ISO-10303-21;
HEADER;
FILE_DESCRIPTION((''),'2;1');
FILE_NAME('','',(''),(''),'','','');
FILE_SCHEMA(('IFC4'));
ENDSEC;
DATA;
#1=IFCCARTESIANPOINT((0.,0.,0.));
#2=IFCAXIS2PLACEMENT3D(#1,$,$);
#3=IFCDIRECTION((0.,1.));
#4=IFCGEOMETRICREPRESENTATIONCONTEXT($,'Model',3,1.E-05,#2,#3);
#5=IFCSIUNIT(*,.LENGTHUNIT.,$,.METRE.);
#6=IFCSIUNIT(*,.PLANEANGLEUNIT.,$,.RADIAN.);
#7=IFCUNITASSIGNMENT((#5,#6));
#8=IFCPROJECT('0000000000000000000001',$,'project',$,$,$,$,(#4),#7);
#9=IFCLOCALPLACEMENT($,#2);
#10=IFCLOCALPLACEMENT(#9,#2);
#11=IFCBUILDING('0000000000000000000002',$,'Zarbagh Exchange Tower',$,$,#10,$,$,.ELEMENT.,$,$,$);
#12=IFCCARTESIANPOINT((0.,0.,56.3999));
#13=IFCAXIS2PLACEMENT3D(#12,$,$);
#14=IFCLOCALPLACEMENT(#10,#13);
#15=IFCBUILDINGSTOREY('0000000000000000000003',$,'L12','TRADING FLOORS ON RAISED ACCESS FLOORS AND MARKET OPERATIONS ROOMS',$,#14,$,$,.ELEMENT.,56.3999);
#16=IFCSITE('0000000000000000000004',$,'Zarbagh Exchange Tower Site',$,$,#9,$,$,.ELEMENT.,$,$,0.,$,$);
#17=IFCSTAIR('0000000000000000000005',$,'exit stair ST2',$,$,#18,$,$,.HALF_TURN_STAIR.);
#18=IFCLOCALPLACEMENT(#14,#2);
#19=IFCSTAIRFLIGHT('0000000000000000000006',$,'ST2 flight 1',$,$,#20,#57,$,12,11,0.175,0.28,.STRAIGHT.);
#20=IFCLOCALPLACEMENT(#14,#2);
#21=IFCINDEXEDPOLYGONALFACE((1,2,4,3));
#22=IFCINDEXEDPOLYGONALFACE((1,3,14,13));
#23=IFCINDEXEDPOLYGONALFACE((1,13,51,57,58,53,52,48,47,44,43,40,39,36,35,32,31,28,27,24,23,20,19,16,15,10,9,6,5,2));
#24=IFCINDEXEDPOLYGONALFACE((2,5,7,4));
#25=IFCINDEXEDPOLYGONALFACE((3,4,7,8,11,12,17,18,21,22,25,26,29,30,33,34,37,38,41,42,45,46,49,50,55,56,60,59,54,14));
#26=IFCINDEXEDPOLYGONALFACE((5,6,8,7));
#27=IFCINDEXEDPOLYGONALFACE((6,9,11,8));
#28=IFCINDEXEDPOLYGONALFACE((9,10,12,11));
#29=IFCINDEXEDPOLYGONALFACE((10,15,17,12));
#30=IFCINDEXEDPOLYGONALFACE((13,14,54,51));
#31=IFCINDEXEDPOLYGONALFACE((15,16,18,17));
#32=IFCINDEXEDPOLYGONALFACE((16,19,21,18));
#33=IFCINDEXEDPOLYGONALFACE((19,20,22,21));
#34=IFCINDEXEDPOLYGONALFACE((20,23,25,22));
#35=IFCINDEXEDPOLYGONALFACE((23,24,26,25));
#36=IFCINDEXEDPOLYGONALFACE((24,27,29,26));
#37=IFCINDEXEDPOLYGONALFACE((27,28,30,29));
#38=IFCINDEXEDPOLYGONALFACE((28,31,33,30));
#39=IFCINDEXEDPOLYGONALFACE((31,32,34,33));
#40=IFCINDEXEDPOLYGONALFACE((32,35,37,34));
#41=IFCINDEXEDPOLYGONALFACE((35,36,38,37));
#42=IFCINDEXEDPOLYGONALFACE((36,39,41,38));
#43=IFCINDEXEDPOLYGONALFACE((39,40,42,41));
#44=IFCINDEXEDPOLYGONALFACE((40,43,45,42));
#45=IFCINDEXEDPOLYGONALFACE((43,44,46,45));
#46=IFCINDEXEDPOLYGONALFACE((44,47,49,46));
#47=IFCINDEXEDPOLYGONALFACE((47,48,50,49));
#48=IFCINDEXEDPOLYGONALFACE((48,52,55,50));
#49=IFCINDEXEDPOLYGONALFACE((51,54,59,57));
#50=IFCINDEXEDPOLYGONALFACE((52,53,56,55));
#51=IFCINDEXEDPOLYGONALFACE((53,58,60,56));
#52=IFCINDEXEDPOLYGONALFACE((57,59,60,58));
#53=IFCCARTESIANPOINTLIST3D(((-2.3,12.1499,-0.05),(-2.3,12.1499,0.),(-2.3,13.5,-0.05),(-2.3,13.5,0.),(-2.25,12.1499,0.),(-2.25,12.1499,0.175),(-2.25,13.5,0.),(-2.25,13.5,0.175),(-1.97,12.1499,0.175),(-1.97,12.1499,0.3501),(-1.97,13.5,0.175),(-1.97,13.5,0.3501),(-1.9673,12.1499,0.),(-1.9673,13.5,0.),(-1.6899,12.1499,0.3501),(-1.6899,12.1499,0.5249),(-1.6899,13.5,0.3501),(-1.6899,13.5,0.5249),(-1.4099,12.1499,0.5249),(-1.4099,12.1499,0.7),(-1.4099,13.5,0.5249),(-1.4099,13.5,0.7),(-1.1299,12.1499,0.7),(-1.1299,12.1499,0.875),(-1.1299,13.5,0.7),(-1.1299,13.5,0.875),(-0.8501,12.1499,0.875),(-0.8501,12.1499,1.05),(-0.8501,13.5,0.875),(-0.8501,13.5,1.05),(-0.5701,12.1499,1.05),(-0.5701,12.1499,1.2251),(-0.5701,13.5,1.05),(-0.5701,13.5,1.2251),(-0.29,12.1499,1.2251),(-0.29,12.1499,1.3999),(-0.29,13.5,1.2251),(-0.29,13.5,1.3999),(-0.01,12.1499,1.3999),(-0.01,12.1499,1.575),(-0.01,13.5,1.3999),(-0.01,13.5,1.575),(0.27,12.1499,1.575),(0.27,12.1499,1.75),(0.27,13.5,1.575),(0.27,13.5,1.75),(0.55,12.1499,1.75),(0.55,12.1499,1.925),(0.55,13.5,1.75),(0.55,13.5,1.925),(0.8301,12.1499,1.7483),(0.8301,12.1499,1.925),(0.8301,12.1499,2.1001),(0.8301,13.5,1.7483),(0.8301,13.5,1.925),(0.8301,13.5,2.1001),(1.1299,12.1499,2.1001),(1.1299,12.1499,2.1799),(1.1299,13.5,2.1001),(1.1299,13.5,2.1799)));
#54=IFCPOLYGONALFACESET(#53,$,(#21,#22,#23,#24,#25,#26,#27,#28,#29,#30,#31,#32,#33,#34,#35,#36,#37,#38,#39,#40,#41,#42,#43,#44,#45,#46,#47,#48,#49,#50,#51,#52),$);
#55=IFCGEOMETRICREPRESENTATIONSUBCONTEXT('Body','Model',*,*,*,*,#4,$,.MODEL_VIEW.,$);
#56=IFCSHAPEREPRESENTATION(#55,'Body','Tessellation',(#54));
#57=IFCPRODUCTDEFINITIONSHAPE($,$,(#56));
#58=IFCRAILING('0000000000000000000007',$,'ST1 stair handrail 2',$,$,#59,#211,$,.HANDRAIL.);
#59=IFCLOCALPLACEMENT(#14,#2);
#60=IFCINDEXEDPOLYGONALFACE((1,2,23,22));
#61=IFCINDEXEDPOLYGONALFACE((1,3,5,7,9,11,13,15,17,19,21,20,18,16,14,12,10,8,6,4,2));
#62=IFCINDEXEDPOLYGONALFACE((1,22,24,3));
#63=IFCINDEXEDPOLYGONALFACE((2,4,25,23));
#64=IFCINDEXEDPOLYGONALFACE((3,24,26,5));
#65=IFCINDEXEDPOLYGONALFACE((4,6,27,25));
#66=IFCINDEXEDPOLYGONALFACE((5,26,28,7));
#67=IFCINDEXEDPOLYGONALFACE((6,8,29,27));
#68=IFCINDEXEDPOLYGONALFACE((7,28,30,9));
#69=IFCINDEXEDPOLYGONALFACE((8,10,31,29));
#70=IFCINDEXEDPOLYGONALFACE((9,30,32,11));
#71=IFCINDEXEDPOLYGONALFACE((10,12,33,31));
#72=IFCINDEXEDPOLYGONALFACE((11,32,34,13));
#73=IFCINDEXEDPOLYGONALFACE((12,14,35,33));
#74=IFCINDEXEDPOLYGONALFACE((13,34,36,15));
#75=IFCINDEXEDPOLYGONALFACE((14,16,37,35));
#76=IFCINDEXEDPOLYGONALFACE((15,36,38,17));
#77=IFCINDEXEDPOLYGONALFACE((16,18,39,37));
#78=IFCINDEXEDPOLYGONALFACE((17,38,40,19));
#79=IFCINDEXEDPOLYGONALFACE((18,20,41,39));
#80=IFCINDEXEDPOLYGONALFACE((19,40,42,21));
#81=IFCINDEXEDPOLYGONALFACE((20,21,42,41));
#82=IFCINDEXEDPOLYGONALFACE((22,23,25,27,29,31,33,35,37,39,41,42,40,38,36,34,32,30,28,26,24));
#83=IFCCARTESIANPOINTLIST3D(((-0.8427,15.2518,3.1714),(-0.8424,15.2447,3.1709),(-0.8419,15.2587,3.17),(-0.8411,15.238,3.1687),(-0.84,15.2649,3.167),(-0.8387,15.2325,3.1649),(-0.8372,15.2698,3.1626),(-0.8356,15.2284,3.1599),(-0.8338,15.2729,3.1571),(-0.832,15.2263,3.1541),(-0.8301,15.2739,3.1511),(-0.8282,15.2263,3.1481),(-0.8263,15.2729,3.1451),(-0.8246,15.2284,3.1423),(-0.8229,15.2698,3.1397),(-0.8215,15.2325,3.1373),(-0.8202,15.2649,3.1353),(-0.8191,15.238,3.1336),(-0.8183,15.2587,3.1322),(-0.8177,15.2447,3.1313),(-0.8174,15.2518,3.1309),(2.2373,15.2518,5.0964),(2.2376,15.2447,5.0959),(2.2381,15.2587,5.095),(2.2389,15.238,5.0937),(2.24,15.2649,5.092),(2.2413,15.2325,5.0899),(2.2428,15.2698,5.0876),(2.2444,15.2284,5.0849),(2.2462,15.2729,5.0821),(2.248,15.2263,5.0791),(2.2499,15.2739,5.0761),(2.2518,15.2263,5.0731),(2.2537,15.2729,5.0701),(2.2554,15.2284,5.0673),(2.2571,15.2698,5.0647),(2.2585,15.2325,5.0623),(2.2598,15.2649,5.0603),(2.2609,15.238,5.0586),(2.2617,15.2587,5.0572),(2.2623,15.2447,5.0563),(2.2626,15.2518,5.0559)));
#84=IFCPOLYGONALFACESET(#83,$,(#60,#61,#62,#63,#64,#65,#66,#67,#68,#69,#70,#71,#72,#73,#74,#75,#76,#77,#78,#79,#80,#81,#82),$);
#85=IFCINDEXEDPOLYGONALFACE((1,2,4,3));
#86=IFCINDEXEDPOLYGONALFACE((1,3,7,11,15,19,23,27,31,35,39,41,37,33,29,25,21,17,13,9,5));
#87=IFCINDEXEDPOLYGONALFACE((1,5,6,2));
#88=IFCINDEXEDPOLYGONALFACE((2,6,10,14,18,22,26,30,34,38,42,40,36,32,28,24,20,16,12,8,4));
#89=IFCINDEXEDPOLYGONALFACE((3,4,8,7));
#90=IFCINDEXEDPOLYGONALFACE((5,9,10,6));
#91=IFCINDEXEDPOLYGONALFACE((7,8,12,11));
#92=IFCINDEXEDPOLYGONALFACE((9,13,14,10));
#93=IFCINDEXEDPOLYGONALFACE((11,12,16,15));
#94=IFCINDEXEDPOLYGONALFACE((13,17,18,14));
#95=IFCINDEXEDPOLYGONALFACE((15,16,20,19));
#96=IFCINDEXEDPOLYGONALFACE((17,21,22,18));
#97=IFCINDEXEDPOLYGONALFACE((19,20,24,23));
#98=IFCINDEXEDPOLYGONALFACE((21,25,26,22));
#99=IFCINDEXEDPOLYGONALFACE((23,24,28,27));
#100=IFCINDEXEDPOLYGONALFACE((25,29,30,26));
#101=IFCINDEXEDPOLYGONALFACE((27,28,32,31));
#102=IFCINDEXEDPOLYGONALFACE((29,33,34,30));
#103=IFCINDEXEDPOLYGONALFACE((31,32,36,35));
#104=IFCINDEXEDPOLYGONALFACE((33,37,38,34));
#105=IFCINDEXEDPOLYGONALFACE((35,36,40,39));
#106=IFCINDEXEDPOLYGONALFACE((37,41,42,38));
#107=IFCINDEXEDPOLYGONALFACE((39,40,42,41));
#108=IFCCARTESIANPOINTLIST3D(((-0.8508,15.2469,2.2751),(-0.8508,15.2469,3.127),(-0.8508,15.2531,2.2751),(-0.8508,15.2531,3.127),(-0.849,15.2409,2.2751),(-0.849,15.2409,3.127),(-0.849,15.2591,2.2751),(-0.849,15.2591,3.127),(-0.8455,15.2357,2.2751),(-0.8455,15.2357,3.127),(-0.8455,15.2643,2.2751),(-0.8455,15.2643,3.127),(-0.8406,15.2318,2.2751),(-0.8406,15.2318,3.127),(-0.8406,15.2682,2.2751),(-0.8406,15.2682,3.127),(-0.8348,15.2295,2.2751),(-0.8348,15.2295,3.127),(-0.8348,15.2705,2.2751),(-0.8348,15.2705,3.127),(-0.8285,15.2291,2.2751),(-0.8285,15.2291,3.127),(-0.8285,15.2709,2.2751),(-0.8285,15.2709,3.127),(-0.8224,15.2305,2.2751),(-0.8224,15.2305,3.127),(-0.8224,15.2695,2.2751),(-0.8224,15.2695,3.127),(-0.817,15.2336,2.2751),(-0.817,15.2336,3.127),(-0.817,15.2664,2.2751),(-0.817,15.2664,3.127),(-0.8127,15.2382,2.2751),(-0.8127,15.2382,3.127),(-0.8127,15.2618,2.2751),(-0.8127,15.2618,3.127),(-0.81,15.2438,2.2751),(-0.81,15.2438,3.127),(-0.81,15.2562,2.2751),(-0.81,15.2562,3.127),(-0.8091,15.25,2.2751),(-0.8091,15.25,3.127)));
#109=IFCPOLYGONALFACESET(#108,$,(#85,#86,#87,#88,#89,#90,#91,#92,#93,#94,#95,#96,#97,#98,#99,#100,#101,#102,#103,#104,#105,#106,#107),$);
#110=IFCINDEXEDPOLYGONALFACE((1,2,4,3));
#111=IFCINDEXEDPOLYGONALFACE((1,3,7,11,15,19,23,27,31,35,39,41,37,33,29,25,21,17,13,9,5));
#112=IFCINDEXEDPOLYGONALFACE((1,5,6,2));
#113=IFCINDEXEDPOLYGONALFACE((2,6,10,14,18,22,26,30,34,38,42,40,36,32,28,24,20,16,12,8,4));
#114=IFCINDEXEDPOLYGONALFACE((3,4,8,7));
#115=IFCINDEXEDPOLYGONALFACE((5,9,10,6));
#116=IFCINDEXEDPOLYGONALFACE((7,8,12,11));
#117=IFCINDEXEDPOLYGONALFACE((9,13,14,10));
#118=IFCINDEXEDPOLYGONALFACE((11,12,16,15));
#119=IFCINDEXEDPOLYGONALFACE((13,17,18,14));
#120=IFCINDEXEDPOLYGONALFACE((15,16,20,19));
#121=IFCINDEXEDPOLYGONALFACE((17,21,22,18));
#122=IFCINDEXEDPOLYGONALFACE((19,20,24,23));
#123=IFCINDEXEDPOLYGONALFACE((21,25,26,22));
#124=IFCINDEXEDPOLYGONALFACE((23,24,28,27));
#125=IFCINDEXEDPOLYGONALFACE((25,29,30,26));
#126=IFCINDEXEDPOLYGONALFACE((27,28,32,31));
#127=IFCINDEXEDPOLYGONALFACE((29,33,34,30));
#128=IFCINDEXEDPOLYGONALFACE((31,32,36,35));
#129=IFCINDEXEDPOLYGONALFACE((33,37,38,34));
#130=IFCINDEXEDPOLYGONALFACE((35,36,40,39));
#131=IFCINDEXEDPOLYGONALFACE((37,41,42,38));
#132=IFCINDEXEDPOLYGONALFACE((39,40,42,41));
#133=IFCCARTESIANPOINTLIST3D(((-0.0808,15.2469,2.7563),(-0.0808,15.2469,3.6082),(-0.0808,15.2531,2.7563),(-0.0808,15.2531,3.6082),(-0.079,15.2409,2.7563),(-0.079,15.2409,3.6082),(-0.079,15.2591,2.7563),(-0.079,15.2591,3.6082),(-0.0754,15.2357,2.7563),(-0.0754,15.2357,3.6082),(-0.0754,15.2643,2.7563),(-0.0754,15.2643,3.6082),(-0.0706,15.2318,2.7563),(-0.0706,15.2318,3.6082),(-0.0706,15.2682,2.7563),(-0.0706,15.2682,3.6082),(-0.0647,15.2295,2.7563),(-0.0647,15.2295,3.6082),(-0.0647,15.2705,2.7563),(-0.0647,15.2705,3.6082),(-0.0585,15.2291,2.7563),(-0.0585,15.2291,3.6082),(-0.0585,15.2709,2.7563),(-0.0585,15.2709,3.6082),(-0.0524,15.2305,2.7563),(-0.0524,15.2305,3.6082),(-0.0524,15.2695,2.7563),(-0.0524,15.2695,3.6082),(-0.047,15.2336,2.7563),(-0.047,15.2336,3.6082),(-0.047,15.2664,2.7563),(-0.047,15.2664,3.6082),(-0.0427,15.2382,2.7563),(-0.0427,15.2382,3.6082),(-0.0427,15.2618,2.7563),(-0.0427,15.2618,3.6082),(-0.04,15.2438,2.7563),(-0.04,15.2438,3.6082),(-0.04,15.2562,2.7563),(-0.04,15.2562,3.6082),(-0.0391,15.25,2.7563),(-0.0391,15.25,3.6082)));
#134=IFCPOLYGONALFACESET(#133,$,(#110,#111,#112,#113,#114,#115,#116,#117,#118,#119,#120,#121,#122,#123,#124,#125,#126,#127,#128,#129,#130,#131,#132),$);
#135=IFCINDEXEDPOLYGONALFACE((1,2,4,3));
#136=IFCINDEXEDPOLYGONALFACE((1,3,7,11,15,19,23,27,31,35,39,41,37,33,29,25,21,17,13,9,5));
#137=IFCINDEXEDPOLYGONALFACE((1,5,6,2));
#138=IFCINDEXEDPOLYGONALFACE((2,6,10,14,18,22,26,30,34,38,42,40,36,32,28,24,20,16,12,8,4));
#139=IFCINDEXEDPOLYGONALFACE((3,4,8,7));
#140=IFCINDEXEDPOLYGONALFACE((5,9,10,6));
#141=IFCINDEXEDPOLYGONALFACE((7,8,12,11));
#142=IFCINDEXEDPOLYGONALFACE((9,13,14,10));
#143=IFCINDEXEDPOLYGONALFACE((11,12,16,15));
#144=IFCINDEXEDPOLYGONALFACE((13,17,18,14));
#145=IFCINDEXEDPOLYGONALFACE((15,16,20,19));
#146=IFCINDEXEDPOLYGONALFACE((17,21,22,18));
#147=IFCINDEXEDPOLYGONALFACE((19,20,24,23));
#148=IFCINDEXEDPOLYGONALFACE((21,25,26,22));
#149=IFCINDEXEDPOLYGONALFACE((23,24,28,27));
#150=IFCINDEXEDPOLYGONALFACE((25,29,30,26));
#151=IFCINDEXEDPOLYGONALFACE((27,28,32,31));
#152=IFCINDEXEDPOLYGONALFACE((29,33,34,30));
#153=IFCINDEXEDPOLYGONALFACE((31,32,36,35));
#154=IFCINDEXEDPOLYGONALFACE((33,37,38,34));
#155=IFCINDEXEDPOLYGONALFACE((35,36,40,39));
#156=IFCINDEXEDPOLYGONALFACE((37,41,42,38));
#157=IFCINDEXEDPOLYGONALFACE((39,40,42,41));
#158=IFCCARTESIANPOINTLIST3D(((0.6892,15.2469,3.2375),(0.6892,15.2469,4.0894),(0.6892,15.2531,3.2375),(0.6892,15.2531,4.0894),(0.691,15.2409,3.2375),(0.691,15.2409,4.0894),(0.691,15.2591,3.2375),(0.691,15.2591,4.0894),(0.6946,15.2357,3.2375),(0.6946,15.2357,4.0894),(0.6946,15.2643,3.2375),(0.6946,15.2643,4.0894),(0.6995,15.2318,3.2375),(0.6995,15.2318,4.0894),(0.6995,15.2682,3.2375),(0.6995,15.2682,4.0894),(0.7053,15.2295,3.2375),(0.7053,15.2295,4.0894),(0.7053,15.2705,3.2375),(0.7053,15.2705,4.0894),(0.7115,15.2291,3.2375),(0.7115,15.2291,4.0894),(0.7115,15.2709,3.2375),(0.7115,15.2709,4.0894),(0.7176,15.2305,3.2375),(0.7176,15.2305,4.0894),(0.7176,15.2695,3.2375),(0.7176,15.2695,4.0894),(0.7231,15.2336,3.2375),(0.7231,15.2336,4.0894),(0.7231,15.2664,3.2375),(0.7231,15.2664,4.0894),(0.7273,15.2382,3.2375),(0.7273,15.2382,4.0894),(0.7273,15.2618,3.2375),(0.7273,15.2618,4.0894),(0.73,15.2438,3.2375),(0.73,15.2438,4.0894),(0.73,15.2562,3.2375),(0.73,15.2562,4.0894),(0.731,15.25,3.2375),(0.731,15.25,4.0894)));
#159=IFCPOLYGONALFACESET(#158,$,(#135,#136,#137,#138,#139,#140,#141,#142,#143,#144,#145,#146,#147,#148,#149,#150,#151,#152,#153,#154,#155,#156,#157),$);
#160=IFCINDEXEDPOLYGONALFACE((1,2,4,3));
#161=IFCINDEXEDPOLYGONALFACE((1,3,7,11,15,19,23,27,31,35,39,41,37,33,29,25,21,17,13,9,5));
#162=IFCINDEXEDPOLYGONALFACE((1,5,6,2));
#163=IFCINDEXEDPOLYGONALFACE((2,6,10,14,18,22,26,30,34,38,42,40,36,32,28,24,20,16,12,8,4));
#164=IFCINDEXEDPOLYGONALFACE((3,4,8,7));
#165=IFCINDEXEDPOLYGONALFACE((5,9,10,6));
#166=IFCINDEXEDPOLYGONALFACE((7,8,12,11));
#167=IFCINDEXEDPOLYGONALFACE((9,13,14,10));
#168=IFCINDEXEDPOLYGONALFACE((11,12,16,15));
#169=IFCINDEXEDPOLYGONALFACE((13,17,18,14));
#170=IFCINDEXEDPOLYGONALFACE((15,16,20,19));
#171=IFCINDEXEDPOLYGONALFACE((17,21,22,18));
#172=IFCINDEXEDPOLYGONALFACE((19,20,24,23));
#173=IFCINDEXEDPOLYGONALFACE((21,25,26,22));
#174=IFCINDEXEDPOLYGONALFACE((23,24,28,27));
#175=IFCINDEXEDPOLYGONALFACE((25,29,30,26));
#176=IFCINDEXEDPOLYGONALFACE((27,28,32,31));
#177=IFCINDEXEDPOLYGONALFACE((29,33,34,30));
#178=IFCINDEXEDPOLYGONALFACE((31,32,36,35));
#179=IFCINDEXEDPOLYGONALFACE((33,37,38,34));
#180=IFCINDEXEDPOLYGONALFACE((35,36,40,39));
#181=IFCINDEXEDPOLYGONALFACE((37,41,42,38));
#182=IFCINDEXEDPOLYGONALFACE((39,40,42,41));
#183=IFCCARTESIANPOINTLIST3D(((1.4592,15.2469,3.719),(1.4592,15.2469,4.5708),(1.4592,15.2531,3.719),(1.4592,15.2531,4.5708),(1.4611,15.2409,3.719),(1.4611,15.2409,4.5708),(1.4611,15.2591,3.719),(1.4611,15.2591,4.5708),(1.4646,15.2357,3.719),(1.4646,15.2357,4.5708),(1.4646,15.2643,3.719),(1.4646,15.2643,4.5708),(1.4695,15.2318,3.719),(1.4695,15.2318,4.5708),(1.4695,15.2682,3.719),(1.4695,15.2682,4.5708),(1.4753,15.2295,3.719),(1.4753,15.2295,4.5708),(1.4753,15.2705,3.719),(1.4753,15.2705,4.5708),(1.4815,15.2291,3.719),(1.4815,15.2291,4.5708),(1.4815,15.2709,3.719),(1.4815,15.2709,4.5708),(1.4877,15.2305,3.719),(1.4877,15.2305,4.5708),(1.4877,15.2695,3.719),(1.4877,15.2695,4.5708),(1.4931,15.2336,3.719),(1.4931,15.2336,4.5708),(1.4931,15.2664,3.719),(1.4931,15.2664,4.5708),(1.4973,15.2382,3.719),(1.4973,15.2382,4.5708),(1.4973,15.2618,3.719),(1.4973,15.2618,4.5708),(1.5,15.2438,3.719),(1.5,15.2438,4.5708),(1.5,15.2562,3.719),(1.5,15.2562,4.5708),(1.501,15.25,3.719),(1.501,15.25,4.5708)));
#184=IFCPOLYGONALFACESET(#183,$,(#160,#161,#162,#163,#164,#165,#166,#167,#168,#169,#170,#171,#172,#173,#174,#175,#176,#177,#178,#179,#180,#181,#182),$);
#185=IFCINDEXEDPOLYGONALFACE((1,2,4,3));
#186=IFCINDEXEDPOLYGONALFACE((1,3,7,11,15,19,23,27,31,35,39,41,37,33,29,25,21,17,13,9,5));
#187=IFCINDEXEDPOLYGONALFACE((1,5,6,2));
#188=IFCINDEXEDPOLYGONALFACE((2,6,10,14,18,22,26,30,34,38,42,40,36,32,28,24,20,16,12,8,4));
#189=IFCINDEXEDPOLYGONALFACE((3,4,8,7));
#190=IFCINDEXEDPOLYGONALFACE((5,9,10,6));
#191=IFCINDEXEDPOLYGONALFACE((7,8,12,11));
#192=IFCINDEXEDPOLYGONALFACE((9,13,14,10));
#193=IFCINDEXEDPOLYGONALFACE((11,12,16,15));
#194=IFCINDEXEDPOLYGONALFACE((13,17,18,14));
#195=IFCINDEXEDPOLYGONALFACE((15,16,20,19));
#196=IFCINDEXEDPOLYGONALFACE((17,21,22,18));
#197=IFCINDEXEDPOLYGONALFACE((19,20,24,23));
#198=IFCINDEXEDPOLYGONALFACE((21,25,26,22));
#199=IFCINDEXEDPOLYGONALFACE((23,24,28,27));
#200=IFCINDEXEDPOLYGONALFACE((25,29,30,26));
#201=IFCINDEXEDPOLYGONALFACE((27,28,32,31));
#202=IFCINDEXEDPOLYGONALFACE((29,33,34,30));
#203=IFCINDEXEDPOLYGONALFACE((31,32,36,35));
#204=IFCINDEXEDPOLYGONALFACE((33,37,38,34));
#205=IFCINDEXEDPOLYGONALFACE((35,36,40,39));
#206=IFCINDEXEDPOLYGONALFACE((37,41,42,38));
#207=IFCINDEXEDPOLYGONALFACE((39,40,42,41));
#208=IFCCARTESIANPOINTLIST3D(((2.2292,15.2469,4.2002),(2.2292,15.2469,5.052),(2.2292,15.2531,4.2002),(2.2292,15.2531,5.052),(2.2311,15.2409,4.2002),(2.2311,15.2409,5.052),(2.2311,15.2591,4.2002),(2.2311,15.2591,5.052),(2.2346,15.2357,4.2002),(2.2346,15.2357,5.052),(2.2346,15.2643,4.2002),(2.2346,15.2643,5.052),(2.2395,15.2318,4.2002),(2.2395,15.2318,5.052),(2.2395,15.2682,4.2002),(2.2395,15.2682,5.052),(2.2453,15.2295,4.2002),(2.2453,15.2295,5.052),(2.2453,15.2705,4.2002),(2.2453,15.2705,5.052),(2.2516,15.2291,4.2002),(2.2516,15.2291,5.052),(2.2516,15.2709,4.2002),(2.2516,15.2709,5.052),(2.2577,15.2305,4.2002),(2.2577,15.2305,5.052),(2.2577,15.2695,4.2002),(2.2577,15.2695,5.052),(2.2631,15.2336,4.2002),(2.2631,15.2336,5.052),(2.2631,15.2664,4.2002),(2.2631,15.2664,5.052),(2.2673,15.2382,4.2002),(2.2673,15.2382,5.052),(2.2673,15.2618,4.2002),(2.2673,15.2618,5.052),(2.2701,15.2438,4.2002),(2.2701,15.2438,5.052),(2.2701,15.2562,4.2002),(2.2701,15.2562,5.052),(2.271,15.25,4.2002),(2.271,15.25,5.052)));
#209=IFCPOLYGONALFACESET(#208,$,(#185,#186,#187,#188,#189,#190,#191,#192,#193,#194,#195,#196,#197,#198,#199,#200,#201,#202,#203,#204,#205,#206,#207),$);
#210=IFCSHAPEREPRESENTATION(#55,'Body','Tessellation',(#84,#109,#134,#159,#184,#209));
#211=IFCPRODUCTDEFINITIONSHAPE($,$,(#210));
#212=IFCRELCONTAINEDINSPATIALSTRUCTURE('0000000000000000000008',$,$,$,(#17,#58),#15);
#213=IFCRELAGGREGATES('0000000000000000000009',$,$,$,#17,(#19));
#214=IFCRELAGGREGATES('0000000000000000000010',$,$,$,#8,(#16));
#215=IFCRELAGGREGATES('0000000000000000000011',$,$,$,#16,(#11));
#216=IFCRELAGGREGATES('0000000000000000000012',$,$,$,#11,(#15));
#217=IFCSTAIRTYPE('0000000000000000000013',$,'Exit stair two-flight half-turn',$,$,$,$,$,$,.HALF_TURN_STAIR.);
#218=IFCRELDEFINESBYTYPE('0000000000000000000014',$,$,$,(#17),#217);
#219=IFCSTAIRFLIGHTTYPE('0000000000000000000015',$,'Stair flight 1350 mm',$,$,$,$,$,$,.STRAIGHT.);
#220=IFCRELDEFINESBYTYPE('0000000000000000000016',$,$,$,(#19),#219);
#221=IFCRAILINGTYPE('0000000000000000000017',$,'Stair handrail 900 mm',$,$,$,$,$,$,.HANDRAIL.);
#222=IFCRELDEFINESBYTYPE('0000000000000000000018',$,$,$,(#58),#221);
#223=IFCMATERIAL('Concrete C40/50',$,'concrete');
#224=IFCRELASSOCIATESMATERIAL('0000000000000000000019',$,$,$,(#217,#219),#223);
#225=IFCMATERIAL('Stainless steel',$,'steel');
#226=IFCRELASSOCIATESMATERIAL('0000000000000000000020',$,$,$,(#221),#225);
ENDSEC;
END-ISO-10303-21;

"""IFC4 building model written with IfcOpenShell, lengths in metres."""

from ifc_helpers import new_model, si_unit, direction, frame, origin, origin_2d, place, context, subcontext, project, spatial, polyline, circle, outline, extrude, material, type_object, element, aggregate, save


model = new_model("IFC4")

# Units and contexts
model_context = context("Model", 3, precision=1e-05, world=origin(), true_north=direction((0.0, 1.0)))
body_context = subcontext(model_context, "Body", "Model", "MODEL_VIEW")
ifc_project = project(units=[si_unit("LENGTHUNIT", "METRE"), si_unit("PLANEANGLEUNIT", "RADIAN")], contexts=[model_context])

# Site, building, storey
site_placement = place(None, origin())
site = spatial("IfcSite", under=ifc_project, at=site_placement, Name="Zarbagh Exchange Tower Site", CompositionType="ELEMENT", RefElevation=0.0)
building_placement = place(site_placement, origin())
building = spatial("IfcBuilding", under=site, at=building_placement, Name="Zarbagh Exchange Tower", CompositionType="ELEMENT")
storey_placement = place(building_placement, frame((0.0, 0.0, 56.3999)))
storey = spatial("IfcBuildingStorey", under=building, at=storey_placement, Name="L12", Description="TRADING FLOORS ON RAISED ACCESS FLOORS AND MARKET OPERATIONS ROOMS", CompositionType="ELEMENT", Elevation=56.3999)

# Shared definitions
ifc_material_1 = material(Name="Stainless steel", Category="steel")

# Stair, stair flight
ifc_material_2 = material(Name="Concrete C40/50", Category="concrete")
stair_type = type_object("IfcStairType", Name="Exit stair two-flight half-turn", PredefinedType="HALF_TURN_STAIR", material=ifc_material_2)
stair_flight_type = type_object("IfcStairFlightType", Name="Stair flight 1350 mm", PredefinedType="STRAIGHT", material=ifc_material_2)
stair_1_placement = place(storey_placement, origin())
stair_1 = element("IfcStair", 1, at=stair_1_placement, inside=storey, type_object=stair_type, Name="exit stair ST2", PredefinedType="HALF_TURN_STAIR")
stair_flight_1_placement = place(storey_placement, frame((-2.25, 12.825, 0.0), z_axis=(0.0, 0.0, 1.0), x_axis=(1.0, 0.0, 0.0)))
stair_flight_1 = element("IfcStairFlight", 2, at=stair_flight_1_placement, type_object=stair_flight_type, Name="ST2 flight 1", NumberOfRisers=12, NumberOfTreads=11, PredefinedType="STRAIGHT", RiserHeight=0.175, TreadLength=0.28, context=body_context, shape_type="SweptSolid", body=[
    extrude(outline(polyline([(-0.05, -0.05), (-0.05, 0.0), (0.0, 0.0), (0.0, 0.175), (0.28, 0.175), (0.28, 0.3501), (0.5601, 0.3501), (0.5601, 0.5249), (0.8401, 0.5249), (0.8401, 0.7), (1.1201, 0.7), (1.1201, 0.875), (1.3999, 0.875), (1.3999, 1.05), (1.6799, 1.05), (1.6799, 1.2251), (1.96, 1.2251), (1.96, 1.3999), (2.24, 1.3999), (2.24, 1.575), (2.52, 1.575), (2.52, 1.75), (2.8, 1.75), (2.8, 1.925), (3.0801, 1.925), (3.0801, 2.1001), (3.3799, 2.1799), (3.3799, 2.1001), (3.0801, 1.7483), (0.2827, 0.0), (-0.05, -0.05)])), frame((0.0, 0.675, 0.0), z_axis=(0.0, -1.0, 0.0), x_axis=(1.0, 0.0, 0.0)), (0.0, 0.0, 1.0), 1.3501),
])
aggregate(stair_1, [stair_flight_1])

# Railing
railing_type_1 = type_object("IfcRailingType", Name="Stair handrail 900 mm", PredefinedType="HANDRAIL", material=ifc_material_1)
railing_1_placement = place(storey_placement, frame((-0.8301, 15.25, 2.2751)))
element("IfcRailing", 3, at=railing_1_placement, inside=storey, type_object=railing_type_1, Name="ST1 stair handrail 2", PredefinedType="HANDRAIL", context=body_context, shape_type="SweptSolid", body=[
    extrude(circle(Radius=0.0239, at=origin_2d()), frame((0.0, 0.0, 0.876), z_axis=(0.847998, 0.0, 0.529999), x_axis=(0.0, 1.0, 0.0)), (0.0, 0.0, 1.0), 3.6321),
    extrude(circle(Radius=0.021, at=origin_2d()), origin(), (0.0, 0.0, 1.0), 0.8518),
    extrude(circle(Radius=0.021, at=origin_2d()), frame((0.77, 0.0, 0.4812)), (0.0, 0.0, 1.0), 0.8518),
    extrude(circle(Radius=0.021, at=origin_2d()), frame((1.54, 0.0, 0.9624)), (0.0, 0.0, 1.0), 0.8518),
    extrude(circle(Radius=0.021, at=origin_2d()), frame((2.3101, 0.0, 1.4438)), (0.0, 0.0, 1.0), 0.8518),
    extrude(circle(Radius=0.021, at=origin_2d()), frame((3.0801, 0.0, 1.925)), (0.0, 0.0, 1.0), 0.8518),
])

save(model, "model.ifc")
